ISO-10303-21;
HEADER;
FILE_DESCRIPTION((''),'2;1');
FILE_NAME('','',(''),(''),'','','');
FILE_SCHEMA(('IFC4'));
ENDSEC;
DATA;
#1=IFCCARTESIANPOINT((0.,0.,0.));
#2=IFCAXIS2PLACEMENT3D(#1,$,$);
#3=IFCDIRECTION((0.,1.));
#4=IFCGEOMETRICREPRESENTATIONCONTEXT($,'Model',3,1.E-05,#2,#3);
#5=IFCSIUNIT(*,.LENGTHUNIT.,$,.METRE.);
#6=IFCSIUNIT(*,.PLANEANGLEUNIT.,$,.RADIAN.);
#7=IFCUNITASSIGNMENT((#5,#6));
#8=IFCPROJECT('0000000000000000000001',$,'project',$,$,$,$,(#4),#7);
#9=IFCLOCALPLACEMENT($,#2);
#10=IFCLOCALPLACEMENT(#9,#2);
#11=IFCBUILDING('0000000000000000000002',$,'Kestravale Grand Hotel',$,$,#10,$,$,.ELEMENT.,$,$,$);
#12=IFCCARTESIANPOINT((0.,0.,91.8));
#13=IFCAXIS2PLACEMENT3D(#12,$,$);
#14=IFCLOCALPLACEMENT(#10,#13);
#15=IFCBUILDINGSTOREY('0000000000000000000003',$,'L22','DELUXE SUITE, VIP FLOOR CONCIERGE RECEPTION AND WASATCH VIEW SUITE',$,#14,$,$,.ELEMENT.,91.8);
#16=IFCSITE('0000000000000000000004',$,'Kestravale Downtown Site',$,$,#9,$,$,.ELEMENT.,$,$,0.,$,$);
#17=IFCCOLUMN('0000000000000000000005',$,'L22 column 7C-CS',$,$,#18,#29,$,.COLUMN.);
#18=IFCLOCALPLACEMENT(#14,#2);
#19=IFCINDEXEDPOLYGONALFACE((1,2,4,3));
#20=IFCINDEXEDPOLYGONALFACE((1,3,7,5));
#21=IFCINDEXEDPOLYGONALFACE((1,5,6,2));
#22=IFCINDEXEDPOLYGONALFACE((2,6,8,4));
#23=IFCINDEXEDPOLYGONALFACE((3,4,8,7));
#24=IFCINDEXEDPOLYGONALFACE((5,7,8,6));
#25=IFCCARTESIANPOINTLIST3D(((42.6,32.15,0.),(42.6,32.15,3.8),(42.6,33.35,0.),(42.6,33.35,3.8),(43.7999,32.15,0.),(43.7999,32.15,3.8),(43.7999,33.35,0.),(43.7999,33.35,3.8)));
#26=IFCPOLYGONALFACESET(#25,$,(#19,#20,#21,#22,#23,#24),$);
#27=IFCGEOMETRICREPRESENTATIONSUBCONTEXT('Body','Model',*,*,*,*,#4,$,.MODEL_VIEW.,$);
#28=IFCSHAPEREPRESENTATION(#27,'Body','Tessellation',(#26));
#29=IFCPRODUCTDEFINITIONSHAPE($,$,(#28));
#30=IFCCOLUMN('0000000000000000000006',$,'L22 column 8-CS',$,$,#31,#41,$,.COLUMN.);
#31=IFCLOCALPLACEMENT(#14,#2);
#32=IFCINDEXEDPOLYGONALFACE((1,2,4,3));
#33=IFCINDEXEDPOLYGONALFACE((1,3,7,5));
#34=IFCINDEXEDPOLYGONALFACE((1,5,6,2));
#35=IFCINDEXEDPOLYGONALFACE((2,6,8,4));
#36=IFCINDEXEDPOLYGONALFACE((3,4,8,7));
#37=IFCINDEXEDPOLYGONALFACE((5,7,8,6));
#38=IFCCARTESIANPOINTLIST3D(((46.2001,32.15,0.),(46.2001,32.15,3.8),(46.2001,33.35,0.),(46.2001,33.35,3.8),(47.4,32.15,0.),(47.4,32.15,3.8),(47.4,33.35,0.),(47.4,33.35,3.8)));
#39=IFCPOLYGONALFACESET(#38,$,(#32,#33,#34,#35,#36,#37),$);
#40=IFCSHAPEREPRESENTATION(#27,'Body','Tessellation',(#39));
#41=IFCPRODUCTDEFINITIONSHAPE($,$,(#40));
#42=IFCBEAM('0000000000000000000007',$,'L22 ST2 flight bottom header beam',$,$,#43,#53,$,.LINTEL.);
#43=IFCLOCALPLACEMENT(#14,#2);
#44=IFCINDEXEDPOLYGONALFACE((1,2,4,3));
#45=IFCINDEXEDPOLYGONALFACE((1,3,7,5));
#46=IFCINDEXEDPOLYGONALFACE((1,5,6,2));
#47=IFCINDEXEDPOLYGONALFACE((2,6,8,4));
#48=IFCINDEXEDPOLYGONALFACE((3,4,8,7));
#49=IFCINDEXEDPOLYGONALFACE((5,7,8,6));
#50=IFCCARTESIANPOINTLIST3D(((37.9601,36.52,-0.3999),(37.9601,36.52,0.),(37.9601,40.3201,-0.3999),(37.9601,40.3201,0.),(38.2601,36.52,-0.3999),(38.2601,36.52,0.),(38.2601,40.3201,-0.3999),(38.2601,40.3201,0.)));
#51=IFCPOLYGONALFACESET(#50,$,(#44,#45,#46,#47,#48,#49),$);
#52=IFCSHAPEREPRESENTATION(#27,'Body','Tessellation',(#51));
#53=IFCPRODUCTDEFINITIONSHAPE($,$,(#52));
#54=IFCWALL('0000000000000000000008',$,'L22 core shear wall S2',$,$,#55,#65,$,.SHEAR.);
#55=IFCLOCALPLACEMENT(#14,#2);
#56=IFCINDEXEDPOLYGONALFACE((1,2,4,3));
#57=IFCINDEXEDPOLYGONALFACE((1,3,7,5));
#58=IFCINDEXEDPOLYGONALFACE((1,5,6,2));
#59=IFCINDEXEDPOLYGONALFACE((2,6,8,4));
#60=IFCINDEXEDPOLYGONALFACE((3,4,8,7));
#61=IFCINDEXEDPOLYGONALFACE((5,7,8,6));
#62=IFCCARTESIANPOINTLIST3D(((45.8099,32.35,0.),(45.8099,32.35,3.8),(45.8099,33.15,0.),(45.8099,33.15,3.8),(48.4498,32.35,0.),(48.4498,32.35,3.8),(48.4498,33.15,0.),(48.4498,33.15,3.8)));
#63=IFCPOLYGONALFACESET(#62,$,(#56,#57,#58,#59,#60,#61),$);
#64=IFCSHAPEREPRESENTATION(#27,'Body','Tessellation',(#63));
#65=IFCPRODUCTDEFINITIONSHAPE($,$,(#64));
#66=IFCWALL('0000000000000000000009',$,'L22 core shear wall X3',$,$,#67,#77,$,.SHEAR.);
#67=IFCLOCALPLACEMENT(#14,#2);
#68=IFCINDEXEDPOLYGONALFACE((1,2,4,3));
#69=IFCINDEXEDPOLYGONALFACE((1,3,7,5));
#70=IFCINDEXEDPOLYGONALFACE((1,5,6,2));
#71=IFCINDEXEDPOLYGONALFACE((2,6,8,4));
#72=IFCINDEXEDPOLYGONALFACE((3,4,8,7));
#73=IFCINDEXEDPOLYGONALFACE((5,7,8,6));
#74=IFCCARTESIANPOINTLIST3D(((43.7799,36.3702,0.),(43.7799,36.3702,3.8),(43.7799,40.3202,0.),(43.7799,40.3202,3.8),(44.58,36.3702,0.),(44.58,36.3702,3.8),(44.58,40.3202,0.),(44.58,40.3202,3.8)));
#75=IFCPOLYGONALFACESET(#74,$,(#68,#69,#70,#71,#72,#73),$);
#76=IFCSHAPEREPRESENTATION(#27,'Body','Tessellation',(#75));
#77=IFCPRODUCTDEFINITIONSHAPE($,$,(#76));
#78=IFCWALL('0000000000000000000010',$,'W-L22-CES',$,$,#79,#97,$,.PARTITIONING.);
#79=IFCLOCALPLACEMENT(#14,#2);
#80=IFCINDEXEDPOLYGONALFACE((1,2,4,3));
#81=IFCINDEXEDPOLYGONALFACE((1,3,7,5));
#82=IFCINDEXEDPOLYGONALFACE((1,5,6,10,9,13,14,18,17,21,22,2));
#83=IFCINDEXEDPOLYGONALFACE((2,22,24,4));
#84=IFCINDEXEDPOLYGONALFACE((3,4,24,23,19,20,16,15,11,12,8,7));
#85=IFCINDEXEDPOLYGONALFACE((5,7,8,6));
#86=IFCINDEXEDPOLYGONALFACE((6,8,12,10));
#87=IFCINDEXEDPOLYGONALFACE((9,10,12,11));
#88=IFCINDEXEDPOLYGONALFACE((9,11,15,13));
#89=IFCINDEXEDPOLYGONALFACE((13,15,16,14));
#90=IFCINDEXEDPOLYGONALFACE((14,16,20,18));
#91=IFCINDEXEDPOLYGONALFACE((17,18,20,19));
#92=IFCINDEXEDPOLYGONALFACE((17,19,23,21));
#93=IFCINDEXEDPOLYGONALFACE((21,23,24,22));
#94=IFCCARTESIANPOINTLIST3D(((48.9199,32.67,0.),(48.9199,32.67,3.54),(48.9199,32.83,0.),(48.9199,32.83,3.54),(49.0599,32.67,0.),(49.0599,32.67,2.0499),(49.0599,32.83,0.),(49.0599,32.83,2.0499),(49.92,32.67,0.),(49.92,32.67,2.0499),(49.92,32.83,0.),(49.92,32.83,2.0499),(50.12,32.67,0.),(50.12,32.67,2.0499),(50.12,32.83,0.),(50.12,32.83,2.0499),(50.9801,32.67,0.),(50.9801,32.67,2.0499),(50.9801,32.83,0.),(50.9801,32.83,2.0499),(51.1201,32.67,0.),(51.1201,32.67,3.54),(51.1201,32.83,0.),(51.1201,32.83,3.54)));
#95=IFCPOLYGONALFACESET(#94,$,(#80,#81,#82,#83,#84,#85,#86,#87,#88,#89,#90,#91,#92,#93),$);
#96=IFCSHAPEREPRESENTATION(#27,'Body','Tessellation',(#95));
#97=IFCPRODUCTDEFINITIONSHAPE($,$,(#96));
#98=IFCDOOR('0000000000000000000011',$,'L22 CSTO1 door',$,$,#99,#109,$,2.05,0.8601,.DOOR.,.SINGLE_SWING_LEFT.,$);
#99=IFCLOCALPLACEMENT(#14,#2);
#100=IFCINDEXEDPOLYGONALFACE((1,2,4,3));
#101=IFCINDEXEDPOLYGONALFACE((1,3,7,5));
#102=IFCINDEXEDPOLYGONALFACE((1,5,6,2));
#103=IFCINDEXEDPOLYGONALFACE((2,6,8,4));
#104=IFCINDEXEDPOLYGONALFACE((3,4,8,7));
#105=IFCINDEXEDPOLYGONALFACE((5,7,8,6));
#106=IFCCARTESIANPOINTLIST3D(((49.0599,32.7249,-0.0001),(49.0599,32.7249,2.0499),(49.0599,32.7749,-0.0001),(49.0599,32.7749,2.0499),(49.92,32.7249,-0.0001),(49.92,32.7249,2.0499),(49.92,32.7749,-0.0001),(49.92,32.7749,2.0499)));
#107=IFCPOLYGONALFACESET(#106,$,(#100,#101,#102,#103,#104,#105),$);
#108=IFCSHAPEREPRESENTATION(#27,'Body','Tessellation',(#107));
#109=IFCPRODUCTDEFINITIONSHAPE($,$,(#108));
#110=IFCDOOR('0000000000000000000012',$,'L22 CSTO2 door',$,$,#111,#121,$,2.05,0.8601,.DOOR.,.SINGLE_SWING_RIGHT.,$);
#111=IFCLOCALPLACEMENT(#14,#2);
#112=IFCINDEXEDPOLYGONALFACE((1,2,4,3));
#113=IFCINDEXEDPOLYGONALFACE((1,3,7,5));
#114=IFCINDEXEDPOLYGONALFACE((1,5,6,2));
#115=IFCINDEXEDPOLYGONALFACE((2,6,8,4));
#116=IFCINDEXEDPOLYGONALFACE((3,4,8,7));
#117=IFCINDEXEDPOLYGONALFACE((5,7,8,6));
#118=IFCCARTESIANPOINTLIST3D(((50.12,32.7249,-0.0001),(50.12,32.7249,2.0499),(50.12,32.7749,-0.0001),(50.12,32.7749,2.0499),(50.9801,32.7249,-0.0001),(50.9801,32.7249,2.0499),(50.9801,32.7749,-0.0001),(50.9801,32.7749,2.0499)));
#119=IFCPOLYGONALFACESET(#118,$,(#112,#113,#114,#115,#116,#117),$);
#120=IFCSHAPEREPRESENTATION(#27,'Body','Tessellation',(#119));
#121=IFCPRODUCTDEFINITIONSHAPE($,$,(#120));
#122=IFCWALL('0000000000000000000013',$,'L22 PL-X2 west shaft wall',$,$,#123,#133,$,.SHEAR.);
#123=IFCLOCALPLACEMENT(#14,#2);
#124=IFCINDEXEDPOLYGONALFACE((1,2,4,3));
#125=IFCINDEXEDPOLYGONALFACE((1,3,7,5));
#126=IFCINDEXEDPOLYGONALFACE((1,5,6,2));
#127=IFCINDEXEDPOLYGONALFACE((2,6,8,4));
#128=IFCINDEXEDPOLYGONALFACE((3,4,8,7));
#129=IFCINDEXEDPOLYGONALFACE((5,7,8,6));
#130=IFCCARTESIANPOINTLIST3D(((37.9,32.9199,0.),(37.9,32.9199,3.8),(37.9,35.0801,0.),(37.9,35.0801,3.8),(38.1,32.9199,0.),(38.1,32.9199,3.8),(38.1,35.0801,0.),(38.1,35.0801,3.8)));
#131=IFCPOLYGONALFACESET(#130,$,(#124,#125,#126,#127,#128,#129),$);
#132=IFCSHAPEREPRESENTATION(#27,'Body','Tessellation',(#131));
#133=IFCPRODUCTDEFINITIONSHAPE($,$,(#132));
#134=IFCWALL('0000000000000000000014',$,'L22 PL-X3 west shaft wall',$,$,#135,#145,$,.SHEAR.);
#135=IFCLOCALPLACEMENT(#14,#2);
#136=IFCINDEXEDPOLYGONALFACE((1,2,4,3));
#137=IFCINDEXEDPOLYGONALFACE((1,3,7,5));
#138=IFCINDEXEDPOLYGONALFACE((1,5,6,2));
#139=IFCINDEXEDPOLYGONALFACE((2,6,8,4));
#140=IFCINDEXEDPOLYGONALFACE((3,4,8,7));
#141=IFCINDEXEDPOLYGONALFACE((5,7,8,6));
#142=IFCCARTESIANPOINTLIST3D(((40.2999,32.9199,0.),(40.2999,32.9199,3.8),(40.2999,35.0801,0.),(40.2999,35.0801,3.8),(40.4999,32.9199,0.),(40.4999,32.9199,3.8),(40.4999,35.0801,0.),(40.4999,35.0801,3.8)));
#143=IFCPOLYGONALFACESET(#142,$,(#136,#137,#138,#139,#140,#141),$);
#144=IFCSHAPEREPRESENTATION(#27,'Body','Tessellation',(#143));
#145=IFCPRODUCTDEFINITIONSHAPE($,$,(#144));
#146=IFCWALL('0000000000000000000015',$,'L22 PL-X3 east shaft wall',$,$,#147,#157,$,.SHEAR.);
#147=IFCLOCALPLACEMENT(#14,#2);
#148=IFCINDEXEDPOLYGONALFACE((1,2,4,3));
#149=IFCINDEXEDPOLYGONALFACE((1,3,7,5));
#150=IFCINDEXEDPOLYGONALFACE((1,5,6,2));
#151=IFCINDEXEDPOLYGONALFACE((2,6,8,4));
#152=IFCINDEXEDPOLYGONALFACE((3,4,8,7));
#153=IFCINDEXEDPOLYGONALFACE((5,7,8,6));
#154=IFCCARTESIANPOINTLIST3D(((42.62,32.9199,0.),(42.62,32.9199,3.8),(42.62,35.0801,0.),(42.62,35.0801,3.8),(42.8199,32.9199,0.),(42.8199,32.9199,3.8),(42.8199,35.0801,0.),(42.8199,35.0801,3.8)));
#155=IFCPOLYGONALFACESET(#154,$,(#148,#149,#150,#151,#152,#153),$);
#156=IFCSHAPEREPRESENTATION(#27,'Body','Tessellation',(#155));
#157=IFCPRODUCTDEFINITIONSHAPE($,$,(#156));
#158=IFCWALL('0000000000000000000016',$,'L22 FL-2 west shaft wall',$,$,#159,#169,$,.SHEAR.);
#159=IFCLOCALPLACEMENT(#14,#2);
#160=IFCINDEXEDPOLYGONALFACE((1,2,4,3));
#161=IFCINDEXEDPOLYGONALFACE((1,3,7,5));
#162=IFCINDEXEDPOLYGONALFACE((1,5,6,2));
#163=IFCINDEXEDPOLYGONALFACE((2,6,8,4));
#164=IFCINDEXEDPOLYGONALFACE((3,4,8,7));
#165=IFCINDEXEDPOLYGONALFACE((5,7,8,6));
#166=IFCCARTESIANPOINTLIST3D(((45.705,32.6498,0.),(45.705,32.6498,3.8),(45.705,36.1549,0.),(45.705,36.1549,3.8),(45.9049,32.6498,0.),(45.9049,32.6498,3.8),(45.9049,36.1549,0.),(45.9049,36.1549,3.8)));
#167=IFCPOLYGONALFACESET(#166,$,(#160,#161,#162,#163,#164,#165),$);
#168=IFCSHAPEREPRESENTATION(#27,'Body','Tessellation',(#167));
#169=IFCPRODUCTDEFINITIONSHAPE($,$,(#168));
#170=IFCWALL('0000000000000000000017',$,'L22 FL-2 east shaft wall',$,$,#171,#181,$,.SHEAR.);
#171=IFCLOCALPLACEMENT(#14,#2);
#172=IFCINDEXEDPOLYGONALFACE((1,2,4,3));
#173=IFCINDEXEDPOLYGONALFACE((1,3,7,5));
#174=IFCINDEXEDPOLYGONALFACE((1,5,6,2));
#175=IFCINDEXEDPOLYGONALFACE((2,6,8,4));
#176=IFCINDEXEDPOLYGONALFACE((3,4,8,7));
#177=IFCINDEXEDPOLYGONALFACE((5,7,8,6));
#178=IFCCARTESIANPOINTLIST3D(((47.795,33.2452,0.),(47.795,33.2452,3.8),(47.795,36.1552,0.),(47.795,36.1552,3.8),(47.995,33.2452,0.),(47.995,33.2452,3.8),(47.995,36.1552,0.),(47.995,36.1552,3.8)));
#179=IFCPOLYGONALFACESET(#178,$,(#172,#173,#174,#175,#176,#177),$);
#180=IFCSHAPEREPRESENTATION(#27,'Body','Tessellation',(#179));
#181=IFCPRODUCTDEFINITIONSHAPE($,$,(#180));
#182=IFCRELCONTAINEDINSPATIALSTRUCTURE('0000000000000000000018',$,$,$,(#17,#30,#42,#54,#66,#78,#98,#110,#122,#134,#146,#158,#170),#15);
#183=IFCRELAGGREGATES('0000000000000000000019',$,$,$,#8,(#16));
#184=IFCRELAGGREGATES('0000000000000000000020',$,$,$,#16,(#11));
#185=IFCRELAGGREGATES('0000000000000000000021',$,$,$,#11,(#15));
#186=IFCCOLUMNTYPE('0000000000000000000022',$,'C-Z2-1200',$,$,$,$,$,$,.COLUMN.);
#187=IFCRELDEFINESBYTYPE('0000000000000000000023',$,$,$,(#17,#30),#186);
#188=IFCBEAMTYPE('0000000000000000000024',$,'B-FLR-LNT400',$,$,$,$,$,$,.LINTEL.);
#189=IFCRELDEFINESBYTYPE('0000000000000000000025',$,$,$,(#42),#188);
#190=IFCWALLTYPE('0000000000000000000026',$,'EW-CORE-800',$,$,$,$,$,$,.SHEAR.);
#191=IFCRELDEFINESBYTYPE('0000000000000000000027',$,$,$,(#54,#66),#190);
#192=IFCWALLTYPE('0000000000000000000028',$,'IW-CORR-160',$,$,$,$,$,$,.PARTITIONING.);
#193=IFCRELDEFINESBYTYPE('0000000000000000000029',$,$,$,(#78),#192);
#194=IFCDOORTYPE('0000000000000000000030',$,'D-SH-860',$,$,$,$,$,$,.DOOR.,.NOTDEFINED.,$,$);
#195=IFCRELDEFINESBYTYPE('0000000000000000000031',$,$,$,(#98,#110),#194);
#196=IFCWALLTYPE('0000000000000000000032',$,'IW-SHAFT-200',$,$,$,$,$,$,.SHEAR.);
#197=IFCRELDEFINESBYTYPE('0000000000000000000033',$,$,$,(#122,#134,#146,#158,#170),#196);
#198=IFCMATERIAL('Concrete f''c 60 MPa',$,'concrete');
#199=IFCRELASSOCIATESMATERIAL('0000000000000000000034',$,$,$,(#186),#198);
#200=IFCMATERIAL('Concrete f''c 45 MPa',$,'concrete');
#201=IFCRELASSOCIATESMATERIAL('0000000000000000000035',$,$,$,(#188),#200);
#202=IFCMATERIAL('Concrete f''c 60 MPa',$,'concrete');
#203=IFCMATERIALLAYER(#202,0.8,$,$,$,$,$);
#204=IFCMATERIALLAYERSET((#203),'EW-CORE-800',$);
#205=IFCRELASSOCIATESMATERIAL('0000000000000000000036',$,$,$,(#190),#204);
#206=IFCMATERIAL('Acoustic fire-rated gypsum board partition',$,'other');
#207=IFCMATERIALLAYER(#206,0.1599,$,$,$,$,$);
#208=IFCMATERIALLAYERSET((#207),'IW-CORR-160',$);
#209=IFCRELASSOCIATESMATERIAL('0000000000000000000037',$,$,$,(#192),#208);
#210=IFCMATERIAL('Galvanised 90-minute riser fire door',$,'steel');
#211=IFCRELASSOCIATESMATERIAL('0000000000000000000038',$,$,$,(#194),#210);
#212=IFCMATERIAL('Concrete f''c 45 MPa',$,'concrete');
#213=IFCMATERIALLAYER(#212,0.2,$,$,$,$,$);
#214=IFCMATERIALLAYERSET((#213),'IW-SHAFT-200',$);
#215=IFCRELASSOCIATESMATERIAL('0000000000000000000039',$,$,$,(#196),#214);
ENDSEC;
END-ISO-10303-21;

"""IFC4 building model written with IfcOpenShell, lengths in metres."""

from ifc_helpers import new_model, si_unit, direction, frame, frame_2d, origin, origin_2d, place, context, subcontext, project, spatial, rectangle, extrude, material, layer, layer_set, material_profile, profile_set, type_object, element, fill, save


model = new_model("IFC4")

# Units and contexts
model_context = context("Model", 3, precision=1e-05, world=origin(), true_north=direction((0.0, 1.0)))
body_context = subcontext(model_context, "Body", "Model", "MODEL_VIEW")
ifc_project = project(units=[si_unit("LENGTHUNIT", "METRE"), si_unit("PLANEANGLEUNIT", "RADIAN")], contexts=[model_context])

# Site, building, storey
site_placement = place(None, origin())
site = spatial("IfcSite", under=ifc_project, at=site_placement, Name="Kestravale Downtown Site", CompositionType="ELEMENT", RefElevation=0.0)
building_placement = place(site_placement, origin())
building = spatial("IfcBuilding", under=site, at=building_placement, Name="Kestravale Grand Hotel", CompositionType="ELEMENT")
storey_placement = place(building_placement, frame((0.0, 0.0, 91.8)))
storey = spatial("IfcBuildingStorey", under=building, at=storey_placement, Name="L22", Description="DELUXE SUITE, VIP FLOOR CONCIERGE RECEPTION AND WASATCH VIEW SUITE", CompositionType="ELEMENT", Elevation=91.8)

# Columns
ifc_material_1 = material(Name="Concrete f'c 60 MPa", Category="concrete")
ifc_material_profile_1 = material_profile(ifc_material_1, rectangle(XDim=1.2, YDim=1.2, at=origin_2d()))
ifc_profile_set_1 = profile_set([ifc_material_profile_1], Name="Concrete f'c 60 MPa")
column_type = type_object("IfcColumnType", Name="C-Z2-1200", PredefinedType="COLUMN", material=ifc_profile_set_1)
for number, where, z_axis, x_axis, name in (
    (1, (43.2, 32.75, 0.0), (0.0, 0.0, 1.0), (1.0, 0.0, 0.0), "L22 column 7C-CS"),
    (2, (46.8, 32.75, 0.0), (0.0, 0.0, 1.0), (1.0, 0.0, 0.0), "L22 column 8-CS"),
):
    element("IfcColumn", number, at=place(storey_placement, frame(where, z_axis=z_axis, x_axis=x_axis)), inside=storey, type_object=column_type, Name=name, PredefinedType="COLUMN", context=body_context, shape_type="SweptSolid", body=[
        extrude(rectangle(XDim=1.2, YDim=1.2, at=origin_2d()), origin(), (0.0, 0.0, 1.0), 3.8),
    ])

# Beam
ifc_material_2 = material(Name="Concrete f'c 45 MPa", Category="concrete")
ifc_material_profile_2 = material_profile(ifc_material_2, rectangle(XDim=0.3, YDim=0.3999, at=origin_2d()))
ifc_profile_set_2 = profile_set([ifc_material_profile_2], Name="Concrete f'c 45 MPa")
beam_type = type_object("IfcBeamType", Name="B-FLR-LNT400", PredefinedType="LINTEL", material=ifc_profile_set_2)
beam_placement = place(storey_placement, frame((38.1101, 36.52, -0.2), z_axis=(0.0, 1.0, 0.0), x_axis=(-1.0, 0.0, 0.0)))
element("IfcBeam", 3, at=beam_placement, inside=storey, type_object=beam_type, Name="L22 ST2 flight bottom header beam", PredefinedType="LINTEL", context=body_context, shape_type="SweptSolid", body=[
    extrude(rectangle(XDim=0.3, YDim=0.3999, at=origin_2d()), origin(), (0.0, 0.0, 1.0), 3.8),
])

# Walls
ifc_material_3 = material(Name="Concrete f'c 60 MPa", Category="concrete")
ifc_layer_1 = layer(ifc_material_3, 0.8)
ifc_layer_set_1 = layer_set([ifc_layer_1], Name="EW-CORE-800")
wall_type_1 = type_object("IfcWallType", Name="EW-CORE-800", PredefinedType="SHEAR", material=ifc_layer_set_1)
wall_1_placement = place(storey_placement, frame((45.8101, 32.75, 0.0), z_axis=(0.0, 0.0, 1.0), x_axis=(1.0, 0.0, 0.0)))
element("IfcWall", 4, at=wall_1_placement, inside=storey, type_object=wall_type_1, Name="L22 core shear wall S2", PredefinedType="SHEAR", context=body_context, shape_type="SweptSolid", body=[
    extrude(rectangle(XDim=2.6399, YDim=0.8, at=frame_2d((1.3198, 0.0))), origin(), (0.0, 0.0, 1.0), 3.8),
])
wall_2_placement = place(storey_placement, frame((44.1799, 36.3701, 0.0), z_axis=(0.0, 0.0, 1.0), x_axis=(0.0, 1.0, 0.0)))
element("IfcWall", 5, at=wall_2_placement, inside=storey, type_object=wall_type_1, Name="L22 core shear wall X3", PredefinedType="SHEAR", context=body_context, shape_type="SweptSolid", body=[
    extrude(rectangle(XDim=3.95, YDim=0.8, at=frame_2d((1.9751, 0.0))), origin(), (0.0, 0.0, 1.0), 3.8),
])

# Wall, openings, doors
ifc_material_4 = material(Name="Acoustic fire-rated gypsum board partition", Category="other")
ifc_layer_2 = layer(ifc_material_4, 0.1599)
ifc_layer_set_2 = layer_set([ifc_layer_2], Name="IW-CORR-160")
wall_type_2 = type_object("IfcWallType", Name="IW-CORR-160", PredefinedType="PARTITIONING", material=ifc_layer_set_2)
wall_3_placement = place(storey_placement, frame((48.9199, 32.75, 0.0), z_axis=(0.0, 0.0, 1.0), x_axis=(1.0, 0.0, 0.0)))
wall_3 = element("IfcWall", 6, at=wall_3_placement, inside=storey, type_object=wall_type_2, Name="W-L22-CES", PredefinedType="PARTITIONING", context=body_context, shape_type="SweptSolid", body=[
    extrude(rectangle(XDim=2.2002, YDim=0.1599, at=frame_2d((1.1001, 0.0))), origin(), (0.0, 0.0, 1.0), 3.54),
])
opening_1_placement = place(wall_3_placement, frame((0.1399, 0.0, 0.0)))
opening_1 = element("IfcOpeningElement", 7, at=opening_1_placement, cuts=wall_3, PredefinedType="OPENING", context=body_context, shape_type="SweptSolid", body=[
    extrude(rectangle(XDim=0.8601, YDim=2.05, at=frame_2d((0.4302, 1.0249))), frame((0.0, 0.0898, 0.0), z_axis=(0.0, -1.0, 0.0), x_axis=(1.0, 0.0, 0.0)), (0.0, 0.0, 1.0), 0.1799),
])
opening_2_placement = place(wall_3_placement, frame((1.2, 0.0, 0.0)))
opening_2 = element("IfcOpeningElement", 8, at=opening_2_placement, cuts=wall_3, PredefinedType="OPENING", context=body_context, shape_type="SweptSolid", body=[
    extrude(rectangle(XDim=0.8601, YDim=2.05, at=frame_2d((0.4302, 1.0249))), frame((0.0, 0.0898, 0.0), z_axis=(0.0, -1.0, 0.0), x_axis=(1.0, 0.0, 0.0)), (0.0, 0.0, 1.0), 0.1799),
])
ifc_material_5 = material(Name="Galvanised 90-minute riser fire door", Category="steel")
door_type_1 = type_object("IfcDoorType", Name="D-SH-860", OperationType="NOTDEFINED", PredefinedType="DOOR", material=ifc_material_5)
door_1_placement = place(opening_1_placement, origin())
door_1 = element("IfcDoor", 9, at=door_1_placement, inside=storey, type_object=door_type_1, Name="L22 CSTO1 door", OperationType="SINGLE_SWING_LEFT", OverallHeight=2.05, OverallWidth=0.8601, PredefinedType="DOOR", context=body_context, shape_type="SweptSolid", body=[
    extrude(rectangle(XDim=0.8601, YDim=2.05, at=frame_2d((0.4302, 1.0249))), frame((0.0, 0.0249, 0.0), z_axis=(0.0, -1.0, 0.0), x_axis=(1.0, 0.0, 0.0)), (0.0, 0.0, 1.0), 0.05),
])
fill(opening_1, door_1)
door_2_placement = place(opening_2_placement, origin())
door_2 = element("IfcDoor", 10, at=door_2_placement, inside=storey, type_object=door_type_1, Name="L22 CSTO2 door", OperationType="SINGLE_SWING_RIGHT", OverallHeight=2.05, OverallWidth=0.8601, PredefinedType="DOOR", context=body_context, shape_type="SweptSolid", body=[
    extrude(rectangle(XDim=0.8601, YDim=2.05, at=frame_2d((0.4302, 1.0249))), frame((0.0, 0.0249, 0.0), z_axis=(0.0, -1.0, 0.0), x_axis=(1.0, 0.0, 0.0)), (0.0, 0.0, 1.0), 0.05),
])
fill(opening_2, door_2)

# Walls
ifc_material_6 = material(Name="Concrete f'c 45 MPa", Category="concrete")
ifc_layer_3 = layer(ifc_material_6, 0.2)
ifc_layer_set_3 = layer_set([ifc_layer_3], Name="IW-SHAFT-200")
wall_type_3 = type_object("IfcWallType", Name="IW-SHAFT-200", PredefinedType="SHEAR", material=ifc_layer_set_3)
for number, where, z_axis, x_axis, name in (
    (11, (38.0, 32.9199, 0.0), (0.0, 0.0, 1.0), (0.0, 1.0, 0.0), "L22 PL-X2 west shaft wall"),
    (12, (40.3999, 32.9199, 0.0), (0.0, 0.0, 1.0), (0.0, 1.0, 0.0), "L22 PL-X3 west shaft wall"),
    (13, (42.72, 32.9199, 0.0), (0.0, 0.0, 1.0), (0.0, 1.0, 0.0), "L22 PL-X3 east shaft wall"),
):
    element("IfcWall", number, at=place(storey_placement, frame(where, z_axis=z_axis, x_axis=x_axis)), inside=storey, type_object=wall_type_3, Name=name, PredefinedType="SHEAR", context=body_context, shape_type="SweptSolid", body=[
        extrude(rectangle(XDim=2.1602, YDim=0.2, at=frame_2d((1.0801, 0.0))), origin(), (0.0, 0.0, 1.0), 3.8),
    ])
wall_4_placement = place(storey_placement, frame((45.8049, 32.6499, 0.0), z_axis=(0.0, 0.0, 1.0), x_axis=(0.0, 1.0, 0.0)))
element("IfcWall", 14, at=wall_4_placement, inside=storey, type_object=wall_type_3, Name="L22 FL-2 west shaft wall", PredefinedType="SHEAR", context=body_context, shape_type="SweptSolid", body=[
    extrude(rectangle(XDim=3.5051, YDim=0.2, at=frame_2d((1.7524, 0.0))), origin(), (0.0, 0.0, 1.0), 3.8),
])
wall_5_placement = place(storey_placement, frame((47.895, 33.2451, 0.0), z_axis=(0.0, 0.0, 1.0), x_axis=(0.0, 1.0, 0.0)))
element("IfcWall", 15, at=wall_5_placement, inside=storey, type_object=wall_type_3, Name="L22 FL-2 east shaft wall", PredefinedType="SHEAR", context=body_context, shape_type="SweptSolid", body=[
    extrude(rectangle(XDim=2.9099, YDim=0.2, at=frame_2d((1.4551, 0.0))), origin(), (0.0, 0.0, 1.0), 3.8),
])

save(model, "model.ifc")
